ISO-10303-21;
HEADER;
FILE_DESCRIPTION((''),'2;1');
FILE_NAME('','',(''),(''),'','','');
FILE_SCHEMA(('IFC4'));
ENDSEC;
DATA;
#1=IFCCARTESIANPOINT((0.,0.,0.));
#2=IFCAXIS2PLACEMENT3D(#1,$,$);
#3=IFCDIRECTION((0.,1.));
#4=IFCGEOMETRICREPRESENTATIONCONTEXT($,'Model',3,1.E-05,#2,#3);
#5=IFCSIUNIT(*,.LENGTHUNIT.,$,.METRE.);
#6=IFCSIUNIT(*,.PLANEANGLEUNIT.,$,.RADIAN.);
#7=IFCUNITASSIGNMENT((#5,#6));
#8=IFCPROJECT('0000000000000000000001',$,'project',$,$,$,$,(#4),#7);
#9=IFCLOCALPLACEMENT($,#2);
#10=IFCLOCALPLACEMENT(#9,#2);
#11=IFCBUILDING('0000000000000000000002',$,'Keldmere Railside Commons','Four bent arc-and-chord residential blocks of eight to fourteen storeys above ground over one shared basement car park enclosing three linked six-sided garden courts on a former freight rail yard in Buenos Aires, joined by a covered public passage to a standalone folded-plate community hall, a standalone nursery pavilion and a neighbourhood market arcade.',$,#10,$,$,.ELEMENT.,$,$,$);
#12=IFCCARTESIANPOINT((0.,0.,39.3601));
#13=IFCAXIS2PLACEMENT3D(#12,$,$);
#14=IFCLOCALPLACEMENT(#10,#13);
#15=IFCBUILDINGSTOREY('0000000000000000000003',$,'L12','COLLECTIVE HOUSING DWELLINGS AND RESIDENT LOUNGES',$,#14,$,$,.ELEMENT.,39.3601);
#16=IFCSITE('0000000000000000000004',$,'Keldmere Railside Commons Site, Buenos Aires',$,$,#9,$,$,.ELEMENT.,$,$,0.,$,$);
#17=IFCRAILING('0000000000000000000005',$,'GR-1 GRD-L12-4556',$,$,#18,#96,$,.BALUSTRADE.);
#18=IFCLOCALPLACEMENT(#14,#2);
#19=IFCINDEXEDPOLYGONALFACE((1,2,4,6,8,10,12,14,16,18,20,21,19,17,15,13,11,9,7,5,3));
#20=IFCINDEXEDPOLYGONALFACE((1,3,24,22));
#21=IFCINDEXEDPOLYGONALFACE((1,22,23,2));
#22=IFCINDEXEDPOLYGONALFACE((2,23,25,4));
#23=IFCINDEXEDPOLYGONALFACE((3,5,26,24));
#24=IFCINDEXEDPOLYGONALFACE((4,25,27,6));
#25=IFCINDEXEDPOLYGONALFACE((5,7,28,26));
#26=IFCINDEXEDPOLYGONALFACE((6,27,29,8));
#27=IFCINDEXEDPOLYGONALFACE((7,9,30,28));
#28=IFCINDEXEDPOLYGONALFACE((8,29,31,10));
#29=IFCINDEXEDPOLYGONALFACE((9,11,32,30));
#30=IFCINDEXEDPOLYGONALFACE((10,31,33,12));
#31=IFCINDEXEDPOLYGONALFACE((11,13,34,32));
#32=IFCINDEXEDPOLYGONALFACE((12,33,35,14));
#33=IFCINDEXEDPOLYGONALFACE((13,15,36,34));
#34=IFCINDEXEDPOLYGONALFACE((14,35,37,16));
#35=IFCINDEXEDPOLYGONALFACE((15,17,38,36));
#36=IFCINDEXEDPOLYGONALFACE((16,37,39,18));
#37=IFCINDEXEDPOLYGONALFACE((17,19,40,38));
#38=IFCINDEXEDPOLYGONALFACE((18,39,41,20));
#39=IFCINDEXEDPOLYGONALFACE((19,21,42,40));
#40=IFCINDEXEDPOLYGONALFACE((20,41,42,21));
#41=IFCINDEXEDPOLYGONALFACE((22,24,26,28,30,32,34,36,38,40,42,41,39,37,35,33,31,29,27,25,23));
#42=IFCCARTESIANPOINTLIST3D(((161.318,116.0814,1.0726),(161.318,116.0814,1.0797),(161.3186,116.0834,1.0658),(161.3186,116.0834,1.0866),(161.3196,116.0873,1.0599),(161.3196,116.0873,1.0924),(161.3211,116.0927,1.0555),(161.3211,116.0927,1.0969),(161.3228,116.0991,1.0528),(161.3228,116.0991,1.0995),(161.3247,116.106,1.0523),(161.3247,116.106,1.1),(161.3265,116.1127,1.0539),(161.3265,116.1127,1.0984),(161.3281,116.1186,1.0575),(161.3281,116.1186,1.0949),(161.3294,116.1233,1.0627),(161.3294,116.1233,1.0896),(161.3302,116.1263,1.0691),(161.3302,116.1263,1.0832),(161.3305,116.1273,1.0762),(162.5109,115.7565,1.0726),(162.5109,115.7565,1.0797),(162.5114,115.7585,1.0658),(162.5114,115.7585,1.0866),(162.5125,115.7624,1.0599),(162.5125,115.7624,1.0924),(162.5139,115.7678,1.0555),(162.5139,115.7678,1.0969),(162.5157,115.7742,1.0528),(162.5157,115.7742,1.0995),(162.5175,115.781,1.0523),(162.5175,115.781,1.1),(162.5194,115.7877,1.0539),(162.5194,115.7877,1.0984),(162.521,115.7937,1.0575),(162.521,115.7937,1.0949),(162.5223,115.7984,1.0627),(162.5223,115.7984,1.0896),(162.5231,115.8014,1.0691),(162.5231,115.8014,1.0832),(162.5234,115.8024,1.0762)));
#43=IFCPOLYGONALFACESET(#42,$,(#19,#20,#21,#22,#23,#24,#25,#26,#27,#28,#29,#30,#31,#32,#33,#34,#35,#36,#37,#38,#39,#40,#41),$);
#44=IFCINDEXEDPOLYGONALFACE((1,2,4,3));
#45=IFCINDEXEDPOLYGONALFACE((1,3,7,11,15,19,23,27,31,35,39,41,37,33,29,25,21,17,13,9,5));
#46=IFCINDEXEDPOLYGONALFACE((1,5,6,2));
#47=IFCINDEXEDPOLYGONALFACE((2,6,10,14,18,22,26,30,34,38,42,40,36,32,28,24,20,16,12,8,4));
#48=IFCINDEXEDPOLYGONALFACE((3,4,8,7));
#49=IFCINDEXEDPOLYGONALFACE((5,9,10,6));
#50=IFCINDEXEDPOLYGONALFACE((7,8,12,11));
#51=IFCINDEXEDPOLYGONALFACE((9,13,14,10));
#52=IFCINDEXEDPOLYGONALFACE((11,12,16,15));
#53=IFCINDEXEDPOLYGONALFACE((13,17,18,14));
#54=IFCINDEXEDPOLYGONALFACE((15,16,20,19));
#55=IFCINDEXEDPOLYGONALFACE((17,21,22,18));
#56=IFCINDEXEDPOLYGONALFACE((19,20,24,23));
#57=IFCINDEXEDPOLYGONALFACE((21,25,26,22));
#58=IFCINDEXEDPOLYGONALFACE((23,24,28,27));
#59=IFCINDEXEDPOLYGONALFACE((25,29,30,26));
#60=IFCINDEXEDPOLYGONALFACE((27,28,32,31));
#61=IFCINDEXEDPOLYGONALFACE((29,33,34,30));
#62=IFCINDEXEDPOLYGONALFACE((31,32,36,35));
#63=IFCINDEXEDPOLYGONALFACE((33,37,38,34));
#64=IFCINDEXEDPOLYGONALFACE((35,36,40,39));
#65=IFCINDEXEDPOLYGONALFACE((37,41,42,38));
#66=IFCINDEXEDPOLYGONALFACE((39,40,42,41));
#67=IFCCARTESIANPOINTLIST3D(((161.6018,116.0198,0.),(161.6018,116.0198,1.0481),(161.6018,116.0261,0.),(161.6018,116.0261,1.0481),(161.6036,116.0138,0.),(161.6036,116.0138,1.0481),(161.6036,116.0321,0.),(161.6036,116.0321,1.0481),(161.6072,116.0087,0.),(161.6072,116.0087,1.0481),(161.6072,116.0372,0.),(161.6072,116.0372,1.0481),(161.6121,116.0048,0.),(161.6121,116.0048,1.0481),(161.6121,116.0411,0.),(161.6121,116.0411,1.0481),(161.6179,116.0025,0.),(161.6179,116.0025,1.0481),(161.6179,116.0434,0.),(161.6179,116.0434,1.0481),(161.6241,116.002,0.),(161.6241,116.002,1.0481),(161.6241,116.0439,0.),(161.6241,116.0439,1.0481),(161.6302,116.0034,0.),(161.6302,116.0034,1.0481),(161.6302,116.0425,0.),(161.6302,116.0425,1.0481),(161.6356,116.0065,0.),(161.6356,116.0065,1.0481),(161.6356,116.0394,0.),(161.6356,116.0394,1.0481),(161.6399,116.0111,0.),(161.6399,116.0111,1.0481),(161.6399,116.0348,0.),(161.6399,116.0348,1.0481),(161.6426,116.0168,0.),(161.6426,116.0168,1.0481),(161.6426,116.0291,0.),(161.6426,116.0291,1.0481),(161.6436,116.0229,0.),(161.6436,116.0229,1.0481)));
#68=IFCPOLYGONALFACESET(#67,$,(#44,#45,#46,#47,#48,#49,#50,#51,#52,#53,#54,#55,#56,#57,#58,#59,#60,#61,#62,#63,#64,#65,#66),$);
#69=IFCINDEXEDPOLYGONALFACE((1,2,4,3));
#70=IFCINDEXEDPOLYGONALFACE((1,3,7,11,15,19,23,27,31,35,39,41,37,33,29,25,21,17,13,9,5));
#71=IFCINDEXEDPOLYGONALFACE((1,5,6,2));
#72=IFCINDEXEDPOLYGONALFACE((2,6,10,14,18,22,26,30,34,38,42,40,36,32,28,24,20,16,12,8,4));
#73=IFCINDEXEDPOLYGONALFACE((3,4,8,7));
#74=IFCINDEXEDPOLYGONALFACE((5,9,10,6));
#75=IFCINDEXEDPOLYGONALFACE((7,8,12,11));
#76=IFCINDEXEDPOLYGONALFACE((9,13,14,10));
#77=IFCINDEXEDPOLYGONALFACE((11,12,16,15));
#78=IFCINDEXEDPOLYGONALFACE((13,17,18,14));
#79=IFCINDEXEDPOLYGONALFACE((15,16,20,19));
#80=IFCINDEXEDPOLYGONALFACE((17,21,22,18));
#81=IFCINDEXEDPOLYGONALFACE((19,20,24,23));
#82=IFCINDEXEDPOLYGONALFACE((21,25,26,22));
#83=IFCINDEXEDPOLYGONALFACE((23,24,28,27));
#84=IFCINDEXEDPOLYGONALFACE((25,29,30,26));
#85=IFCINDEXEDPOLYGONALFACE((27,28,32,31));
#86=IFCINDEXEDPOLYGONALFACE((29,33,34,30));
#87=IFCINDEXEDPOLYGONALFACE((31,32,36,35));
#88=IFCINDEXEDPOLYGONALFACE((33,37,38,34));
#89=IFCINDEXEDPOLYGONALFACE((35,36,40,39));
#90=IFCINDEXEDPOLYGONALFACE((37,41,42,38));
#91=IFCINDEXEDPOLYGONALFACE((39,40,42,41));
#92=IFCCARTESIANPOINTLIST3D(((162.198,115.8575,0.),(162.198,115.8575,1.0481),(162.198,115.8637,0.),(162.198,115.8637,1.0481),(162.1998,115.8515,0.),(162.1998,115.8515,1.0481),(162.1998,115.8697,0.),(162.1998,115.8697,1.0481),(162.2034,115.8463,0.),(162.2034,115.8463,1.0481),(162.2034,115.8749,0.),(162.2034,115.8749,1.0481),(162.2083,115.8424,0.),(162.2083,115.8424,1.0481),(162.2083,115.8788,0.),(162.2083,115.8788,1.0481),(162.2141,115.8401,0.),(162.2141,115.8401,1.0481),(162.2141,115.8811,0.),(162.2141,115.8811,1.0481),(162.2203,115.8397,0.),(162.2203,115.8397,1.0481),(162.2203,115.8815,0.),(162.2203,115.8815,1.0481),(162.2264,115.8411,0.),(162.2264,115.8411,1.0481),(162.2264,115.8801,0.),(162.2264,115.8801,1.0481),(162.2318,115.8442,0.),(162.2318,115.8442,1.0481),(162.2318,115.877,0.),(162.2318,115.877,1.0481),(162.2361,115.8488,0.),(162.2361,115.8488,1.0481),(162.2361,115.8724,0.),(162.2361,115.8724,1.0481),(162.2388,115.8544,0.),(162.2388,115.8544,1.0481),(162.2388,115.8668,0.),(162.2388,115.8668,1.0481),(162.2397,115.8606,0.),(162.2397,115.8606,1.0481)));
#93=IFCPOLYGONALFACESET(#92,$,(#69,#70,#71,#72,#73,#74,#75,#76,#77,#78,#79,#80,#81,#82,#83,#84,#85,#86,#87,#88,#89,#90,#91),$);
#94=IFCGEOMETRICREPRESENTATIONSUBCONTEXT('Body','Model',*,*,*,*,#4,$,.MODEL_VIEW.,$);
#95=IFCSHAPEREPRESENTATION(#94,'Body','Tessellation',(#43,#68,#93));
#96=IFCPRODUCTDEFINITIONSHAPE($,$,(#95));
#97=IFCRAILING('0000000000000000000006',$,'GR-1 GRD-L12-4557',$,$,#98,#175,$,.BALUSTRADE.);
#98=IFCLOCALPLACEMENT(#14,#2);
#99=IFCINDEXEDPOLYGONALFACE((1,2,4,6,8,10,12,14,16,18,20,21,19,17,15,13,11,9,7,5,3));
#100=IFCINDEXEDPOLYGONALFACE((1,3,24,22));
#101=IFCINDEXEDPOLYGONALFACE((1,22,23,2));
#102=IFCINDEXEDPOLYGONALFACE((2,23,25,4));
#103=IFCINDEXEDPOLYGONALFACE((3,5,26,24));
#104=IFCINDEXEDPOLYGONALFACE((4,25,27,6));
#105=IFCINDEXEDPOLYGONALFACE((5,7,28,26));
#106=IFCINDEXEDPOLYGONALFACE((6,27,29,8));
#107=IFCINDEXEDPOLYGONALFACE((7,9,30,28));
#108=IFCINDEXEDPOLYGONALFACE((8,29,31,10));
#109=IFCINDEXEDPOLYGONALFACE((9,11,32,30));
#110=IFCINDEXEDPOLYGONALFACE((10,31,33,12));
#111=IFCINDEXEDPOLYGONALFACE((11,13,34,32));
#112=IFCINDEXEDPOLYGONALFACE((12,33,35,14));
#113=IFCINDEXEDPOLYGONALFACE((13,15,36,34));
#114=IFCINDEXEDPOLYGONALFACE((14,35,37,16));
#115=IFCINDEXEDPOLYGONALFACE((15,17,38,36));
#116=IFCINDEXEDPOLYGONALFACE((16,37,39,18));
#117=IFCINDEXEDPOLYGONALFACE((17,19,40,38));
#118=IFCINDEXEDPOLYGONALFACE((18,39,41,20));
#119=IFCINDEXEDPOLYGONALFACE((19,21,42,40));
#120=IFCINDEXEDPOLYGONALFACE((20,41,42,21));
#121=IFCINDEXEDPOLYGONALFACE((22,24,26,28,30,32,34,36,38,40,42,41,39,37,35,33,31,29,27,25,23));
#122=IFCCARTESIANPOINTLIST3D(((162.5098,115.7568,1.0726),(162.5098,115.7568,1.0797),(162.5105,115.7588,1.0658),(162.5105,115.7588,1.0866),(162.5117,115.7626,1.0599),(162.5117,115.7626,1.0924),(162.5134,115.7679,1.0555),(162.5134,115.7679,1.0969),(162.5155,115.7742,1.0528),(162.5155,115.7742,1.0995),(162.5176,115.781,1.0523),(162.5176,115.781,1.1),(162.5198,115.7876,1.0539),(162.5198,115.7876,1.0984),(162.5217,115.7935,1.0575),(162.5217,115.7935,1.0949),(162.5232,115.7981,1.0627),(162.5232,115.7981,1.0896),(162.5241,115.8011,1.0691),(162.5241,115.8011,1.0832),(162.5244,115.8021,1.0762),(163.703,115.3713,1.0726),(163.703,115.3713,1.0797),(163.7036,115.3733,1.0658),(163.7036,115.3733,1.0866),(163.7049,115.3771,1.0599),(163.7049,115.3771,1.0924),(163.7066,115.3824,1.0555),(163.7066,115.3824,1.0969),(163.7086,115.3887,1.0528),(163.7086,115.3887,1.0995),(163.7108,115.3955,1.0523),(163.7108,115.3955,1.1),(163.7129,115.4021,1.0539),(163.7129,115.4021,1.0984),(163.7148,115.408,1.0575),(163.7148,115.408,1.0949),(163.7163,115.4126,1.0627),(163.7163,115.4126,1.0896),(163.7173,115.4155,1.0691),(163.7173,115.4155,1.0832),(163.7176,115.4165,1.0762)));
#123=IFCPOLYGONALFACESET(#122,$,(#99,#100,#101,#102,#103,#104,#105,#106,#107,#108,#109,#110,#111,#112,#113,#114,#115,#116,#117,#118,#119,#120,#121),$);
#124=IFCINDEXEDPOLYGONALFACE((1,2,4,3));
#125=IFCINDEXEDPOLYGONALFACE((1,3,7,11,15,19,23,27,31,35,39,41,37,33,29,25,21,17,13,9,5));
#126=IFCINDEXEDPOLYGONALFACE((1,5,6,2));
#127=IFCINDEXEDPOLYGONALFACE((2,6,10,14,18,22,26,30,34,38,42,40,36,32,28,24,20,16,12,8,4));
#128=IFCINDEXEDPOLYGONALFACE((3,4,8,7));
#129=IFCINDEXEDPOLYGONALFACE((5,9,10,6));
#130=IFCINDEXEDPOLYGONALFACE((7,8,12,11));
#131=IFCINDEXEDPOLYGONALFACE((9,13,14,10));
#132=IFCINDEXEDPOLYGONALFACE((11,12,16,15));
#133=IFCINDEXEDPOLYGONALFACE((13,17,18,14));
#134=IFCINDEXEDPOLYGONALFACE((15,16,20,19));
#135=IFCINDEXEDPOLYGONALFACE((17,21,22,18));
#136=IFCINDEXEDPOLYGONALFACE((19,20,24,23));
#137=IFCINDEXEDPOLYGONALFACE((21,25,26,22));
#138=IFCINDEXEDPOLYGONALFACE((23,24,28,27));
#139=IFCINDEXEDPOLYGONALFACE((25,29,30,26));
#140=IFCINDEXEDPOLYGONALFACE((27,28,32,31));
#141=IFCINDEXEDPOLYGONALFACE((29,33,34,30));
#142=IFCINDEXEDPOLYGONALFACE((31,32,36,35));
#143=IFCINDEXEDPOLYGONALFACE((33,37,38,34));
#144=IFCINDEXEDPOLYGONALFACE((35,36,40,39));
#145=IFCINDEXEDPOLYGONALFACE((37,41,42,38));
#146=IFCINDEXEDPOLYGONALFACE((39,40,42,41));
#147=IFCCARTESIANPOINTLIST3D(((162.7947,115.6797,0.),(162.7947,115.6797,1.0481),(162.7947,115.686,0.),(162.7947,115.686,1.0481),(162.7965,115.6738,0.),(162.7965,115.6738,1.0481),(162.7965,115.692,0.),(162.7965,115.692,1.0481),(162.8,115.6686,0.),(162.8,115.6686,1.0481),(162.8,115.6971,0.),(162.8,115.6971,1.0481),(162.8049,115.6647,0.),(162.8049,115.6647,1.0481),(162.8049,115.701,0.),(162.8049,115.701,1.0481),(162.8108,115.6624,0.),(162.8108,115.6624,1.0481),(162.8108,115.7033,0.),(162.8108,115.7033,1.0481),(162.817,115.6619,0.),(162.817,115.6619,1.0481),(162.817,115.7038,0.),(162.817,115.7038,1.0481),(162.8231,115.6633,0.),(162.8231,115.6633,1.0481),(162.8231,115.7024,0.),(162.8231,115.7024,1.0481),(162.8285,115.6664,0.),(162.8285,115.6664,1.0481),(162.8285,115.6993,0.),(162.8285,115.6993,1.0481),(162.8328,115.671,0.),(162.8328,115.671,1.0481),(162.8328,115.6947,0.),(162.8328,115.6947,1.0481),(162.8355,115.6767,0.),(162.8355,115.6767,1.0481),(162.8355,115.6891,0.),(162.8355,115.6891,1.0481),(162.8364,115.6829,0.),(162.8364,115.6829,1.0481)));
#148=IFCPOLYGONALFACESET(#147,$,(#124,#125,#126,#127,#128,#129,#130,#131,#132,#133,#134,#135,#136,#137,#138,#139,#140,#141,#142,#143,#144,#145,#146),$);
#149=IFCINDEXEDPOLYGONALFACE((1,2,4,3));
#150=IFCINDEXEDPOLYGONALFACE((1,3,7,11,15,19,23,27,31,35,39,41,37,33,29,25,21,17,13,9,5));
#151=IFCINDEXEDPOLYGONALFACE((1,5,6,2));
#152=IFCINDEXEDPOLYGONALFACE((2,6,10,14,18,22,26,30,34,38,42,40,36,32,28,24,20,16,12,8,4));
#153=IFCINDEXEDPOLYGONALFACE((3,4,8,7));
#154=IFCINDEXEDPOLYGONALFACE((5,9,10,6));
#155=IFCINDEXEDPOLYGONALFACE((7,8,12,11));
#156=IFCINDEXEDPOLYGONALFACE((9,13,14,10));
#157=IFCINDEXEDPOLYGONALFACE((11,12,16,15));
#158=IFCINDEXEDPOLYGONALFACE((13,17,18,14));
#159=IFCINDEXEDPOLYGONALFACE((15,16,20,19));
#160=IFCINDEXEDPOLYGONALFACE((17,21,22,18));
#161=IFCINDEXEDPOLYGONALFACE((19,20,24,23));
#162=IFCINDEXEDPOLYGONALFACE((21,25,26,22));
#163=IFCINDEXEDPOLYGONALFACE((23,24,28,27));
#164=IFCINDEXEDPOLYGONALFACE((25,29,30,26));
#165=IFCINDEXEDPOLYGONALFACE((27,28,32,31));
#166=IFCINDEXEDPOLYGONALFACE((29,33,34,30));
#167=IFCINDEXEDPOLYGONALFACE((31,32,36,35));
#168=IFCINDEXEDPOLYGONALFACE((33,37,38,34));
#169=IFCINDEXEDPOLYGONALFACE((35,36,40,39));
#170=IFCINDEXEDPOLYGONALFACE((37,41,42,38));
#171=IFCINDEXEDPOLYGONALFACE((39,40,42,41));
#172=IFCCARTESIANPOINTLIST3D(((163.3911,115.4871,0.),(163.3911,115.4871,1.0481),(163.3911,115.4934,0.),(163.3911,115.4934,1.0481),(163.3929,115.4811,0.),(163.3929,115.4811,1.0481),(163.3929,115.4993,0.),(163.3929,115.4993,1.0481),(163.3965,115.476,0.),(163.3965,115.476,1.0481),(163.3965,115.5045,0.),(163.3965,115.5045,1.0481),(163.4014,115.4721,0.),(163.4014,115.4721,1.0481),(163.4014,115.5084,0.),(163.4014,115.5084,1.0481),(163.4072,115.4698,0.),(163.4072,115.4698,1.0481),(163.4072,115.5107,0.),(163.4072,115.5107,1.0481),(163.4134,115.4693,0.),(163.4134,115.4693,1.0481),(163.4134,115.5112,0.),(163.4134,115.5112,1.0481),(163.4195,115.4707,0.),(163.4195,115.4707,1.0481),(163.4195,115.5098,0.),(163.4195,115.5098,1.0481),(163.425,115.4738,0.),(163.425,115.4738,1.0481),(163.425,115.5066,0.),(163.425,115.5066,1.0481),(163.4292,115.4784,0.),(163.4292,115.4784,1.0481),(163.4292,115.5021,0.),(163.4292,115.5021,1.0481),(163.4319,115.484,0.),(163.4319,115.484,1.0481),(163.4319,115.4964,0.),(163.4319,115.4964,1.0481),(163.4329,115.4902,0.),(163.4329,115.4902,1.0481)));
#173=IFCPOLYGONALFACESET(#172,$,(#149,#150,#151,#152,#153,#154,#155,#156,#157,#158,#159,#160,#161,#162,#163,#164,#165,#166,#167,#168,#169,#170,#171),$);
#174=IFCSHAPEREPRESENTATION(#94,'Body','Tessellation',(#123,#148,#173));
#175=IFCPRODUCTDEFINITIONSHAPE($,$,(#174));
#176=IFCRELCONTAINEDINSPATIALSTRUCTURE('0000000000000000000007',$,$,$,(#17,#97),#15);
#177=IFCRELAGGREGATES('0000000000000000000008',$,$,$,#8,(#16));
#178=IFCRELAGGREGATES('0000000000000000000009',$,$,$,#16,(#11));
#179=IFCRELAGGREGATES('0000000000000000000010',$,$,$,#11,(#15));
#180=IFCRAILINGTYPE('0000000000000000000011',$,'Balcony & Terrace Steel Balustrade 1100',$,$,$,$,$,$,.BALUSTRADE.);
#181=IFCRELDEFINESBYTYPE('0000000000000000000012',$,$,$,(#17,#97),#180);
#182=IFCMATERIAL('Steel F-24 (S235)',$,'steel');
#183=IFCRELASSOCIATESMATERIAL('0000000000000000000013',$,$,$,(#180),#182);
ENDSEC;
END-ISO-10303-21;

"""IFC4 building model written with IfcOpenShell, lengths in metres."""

from ifc_helpers import new_model, si_unit, direction, frame, origin, origin_2d, place, context, subcontext, project, spatial, circle, extrude, material, type_object, element, save


model = new_model("IFC4")

# Units and contexts
model_context = context("Model", 3, precision=1e-05, world=origin(), true_north=direction((0.0, 1.0)))
body_context = subcontext(model_context, "Body", "Model", "MODEL_VIEW")
ifc_project = project(units=[si_unit("LENGTHUNIT", "METRE"), si_unit("PLANEANGLEUNIT", "RADIAN")], contexts=[model_context])

# Site, building, storey
site_placement = place(None, origin())
site = spatial("IfcSite", under=ifc_project, at=site_placement, Name="Keldmere Railside Commons Site, Buenos Aires", CompositionType="ELEMENT", RefElevation=0.0)
building_placement = place(site_placement, origin())
building = spatial("IfcBuilding", under=site, at=building_placement, Name="Keldmere Railside Commons", Description="Four bent arc-and-chord residential blocks of eight to fourteen storeys above ground over one shared basement car park enclosing three linked six-sided garden courts on a former freight rail yard in Buenos Aires, joined by a covered public passage to a standalone folded-plate community hall, a standalone nursery pavilion and a neighbourhood market arcade.", CompositionType="ELEMENT")
storey_placement = place(building_placement, frame((0.0, 0.0, 39.3601)))
storey = spatial("IfcBuildingStorey", under=building, at=storey_placement, Name="L12", Description="COLLECTIVE HOUSING DWELLINGS AND RESIDENT LOUNGES", CompositionType="ELEMENT", Elevation=39.3601)

# Railings
ifc_material_1 = material(Name="Steel F-24 (S235)", Category="steel")
railing_type = type_object("IfcRailingType", Name="Balcony & Terrace Steel Balustrade 1100", PredefinedType="BALUSTRADE", material=ifc_material_1)
railing_1_placement = place(storey_placement, frame((161.3242, 116.1042, 0.0)))
element("IfcRailing", 1, at=railing_1_placement, inside=storey, type_object=railing_type, Name="GR-1 GRD-L12-4556", PredefinedType="BALUSTRADE", context=body_context, shape_type="SweptSolid", body=[
    extrude(circle(Radius=0.0239, at=origin_2d()), frame((0.0, 0.0, 1.0762), z_axis=(0.964841, -0.262833, 0.0), x_axis=(0.262833, 0.964841, 0.0)), (0.0, 0.0, 1.0), 1.2363),
    extrude(circle(Radius=0.021, at=origin_2d()), frame((0.2983, -0.0813, 0.0)), (0.0, 0.0, 1.0), 1.0481),
    extrude(circle(Radius=0.021, at=origin_2d()), frame((0.8945, -0.2437, 0.0)), (0.0, 0.0, 1.0), 1.0481),
])
railing_2_placement = place(storey_placement, frame((162.5171, 115.7793, 0.0)))
element("IfcRailing", 2, at=railing_2_placement, inside=storey, type_object=railing_type, Name="GR-1 GRD-L12-4557", PredefinedType="BALUSTRADE", context=body_context, shape_type="SweptSolid", body=[
    extrude(circle(Radius=0.0239, at=origin_2d()), frame((0.0, 0.0, 1.0762), z_axis=(0.951564, -0.307452, 0.0), x_axis=(0.307452, 0.951564, 0.0)), (0.0, 0.0, 1.0), 1.2539),
    extrude(circle(Radius=0.021, at=origin_2d()), frame((0.2983, -0.0964, 0.0)), (0.0, 0.0, 1.0), 1.0481),
    extrude(circle(Radius=0.021, at=origin_2d()), frame((0.8948, -0.2891, 0.0)), (0.0, 0.0, 1.0), 1.0481),
])

save(model, "model.ifc")
